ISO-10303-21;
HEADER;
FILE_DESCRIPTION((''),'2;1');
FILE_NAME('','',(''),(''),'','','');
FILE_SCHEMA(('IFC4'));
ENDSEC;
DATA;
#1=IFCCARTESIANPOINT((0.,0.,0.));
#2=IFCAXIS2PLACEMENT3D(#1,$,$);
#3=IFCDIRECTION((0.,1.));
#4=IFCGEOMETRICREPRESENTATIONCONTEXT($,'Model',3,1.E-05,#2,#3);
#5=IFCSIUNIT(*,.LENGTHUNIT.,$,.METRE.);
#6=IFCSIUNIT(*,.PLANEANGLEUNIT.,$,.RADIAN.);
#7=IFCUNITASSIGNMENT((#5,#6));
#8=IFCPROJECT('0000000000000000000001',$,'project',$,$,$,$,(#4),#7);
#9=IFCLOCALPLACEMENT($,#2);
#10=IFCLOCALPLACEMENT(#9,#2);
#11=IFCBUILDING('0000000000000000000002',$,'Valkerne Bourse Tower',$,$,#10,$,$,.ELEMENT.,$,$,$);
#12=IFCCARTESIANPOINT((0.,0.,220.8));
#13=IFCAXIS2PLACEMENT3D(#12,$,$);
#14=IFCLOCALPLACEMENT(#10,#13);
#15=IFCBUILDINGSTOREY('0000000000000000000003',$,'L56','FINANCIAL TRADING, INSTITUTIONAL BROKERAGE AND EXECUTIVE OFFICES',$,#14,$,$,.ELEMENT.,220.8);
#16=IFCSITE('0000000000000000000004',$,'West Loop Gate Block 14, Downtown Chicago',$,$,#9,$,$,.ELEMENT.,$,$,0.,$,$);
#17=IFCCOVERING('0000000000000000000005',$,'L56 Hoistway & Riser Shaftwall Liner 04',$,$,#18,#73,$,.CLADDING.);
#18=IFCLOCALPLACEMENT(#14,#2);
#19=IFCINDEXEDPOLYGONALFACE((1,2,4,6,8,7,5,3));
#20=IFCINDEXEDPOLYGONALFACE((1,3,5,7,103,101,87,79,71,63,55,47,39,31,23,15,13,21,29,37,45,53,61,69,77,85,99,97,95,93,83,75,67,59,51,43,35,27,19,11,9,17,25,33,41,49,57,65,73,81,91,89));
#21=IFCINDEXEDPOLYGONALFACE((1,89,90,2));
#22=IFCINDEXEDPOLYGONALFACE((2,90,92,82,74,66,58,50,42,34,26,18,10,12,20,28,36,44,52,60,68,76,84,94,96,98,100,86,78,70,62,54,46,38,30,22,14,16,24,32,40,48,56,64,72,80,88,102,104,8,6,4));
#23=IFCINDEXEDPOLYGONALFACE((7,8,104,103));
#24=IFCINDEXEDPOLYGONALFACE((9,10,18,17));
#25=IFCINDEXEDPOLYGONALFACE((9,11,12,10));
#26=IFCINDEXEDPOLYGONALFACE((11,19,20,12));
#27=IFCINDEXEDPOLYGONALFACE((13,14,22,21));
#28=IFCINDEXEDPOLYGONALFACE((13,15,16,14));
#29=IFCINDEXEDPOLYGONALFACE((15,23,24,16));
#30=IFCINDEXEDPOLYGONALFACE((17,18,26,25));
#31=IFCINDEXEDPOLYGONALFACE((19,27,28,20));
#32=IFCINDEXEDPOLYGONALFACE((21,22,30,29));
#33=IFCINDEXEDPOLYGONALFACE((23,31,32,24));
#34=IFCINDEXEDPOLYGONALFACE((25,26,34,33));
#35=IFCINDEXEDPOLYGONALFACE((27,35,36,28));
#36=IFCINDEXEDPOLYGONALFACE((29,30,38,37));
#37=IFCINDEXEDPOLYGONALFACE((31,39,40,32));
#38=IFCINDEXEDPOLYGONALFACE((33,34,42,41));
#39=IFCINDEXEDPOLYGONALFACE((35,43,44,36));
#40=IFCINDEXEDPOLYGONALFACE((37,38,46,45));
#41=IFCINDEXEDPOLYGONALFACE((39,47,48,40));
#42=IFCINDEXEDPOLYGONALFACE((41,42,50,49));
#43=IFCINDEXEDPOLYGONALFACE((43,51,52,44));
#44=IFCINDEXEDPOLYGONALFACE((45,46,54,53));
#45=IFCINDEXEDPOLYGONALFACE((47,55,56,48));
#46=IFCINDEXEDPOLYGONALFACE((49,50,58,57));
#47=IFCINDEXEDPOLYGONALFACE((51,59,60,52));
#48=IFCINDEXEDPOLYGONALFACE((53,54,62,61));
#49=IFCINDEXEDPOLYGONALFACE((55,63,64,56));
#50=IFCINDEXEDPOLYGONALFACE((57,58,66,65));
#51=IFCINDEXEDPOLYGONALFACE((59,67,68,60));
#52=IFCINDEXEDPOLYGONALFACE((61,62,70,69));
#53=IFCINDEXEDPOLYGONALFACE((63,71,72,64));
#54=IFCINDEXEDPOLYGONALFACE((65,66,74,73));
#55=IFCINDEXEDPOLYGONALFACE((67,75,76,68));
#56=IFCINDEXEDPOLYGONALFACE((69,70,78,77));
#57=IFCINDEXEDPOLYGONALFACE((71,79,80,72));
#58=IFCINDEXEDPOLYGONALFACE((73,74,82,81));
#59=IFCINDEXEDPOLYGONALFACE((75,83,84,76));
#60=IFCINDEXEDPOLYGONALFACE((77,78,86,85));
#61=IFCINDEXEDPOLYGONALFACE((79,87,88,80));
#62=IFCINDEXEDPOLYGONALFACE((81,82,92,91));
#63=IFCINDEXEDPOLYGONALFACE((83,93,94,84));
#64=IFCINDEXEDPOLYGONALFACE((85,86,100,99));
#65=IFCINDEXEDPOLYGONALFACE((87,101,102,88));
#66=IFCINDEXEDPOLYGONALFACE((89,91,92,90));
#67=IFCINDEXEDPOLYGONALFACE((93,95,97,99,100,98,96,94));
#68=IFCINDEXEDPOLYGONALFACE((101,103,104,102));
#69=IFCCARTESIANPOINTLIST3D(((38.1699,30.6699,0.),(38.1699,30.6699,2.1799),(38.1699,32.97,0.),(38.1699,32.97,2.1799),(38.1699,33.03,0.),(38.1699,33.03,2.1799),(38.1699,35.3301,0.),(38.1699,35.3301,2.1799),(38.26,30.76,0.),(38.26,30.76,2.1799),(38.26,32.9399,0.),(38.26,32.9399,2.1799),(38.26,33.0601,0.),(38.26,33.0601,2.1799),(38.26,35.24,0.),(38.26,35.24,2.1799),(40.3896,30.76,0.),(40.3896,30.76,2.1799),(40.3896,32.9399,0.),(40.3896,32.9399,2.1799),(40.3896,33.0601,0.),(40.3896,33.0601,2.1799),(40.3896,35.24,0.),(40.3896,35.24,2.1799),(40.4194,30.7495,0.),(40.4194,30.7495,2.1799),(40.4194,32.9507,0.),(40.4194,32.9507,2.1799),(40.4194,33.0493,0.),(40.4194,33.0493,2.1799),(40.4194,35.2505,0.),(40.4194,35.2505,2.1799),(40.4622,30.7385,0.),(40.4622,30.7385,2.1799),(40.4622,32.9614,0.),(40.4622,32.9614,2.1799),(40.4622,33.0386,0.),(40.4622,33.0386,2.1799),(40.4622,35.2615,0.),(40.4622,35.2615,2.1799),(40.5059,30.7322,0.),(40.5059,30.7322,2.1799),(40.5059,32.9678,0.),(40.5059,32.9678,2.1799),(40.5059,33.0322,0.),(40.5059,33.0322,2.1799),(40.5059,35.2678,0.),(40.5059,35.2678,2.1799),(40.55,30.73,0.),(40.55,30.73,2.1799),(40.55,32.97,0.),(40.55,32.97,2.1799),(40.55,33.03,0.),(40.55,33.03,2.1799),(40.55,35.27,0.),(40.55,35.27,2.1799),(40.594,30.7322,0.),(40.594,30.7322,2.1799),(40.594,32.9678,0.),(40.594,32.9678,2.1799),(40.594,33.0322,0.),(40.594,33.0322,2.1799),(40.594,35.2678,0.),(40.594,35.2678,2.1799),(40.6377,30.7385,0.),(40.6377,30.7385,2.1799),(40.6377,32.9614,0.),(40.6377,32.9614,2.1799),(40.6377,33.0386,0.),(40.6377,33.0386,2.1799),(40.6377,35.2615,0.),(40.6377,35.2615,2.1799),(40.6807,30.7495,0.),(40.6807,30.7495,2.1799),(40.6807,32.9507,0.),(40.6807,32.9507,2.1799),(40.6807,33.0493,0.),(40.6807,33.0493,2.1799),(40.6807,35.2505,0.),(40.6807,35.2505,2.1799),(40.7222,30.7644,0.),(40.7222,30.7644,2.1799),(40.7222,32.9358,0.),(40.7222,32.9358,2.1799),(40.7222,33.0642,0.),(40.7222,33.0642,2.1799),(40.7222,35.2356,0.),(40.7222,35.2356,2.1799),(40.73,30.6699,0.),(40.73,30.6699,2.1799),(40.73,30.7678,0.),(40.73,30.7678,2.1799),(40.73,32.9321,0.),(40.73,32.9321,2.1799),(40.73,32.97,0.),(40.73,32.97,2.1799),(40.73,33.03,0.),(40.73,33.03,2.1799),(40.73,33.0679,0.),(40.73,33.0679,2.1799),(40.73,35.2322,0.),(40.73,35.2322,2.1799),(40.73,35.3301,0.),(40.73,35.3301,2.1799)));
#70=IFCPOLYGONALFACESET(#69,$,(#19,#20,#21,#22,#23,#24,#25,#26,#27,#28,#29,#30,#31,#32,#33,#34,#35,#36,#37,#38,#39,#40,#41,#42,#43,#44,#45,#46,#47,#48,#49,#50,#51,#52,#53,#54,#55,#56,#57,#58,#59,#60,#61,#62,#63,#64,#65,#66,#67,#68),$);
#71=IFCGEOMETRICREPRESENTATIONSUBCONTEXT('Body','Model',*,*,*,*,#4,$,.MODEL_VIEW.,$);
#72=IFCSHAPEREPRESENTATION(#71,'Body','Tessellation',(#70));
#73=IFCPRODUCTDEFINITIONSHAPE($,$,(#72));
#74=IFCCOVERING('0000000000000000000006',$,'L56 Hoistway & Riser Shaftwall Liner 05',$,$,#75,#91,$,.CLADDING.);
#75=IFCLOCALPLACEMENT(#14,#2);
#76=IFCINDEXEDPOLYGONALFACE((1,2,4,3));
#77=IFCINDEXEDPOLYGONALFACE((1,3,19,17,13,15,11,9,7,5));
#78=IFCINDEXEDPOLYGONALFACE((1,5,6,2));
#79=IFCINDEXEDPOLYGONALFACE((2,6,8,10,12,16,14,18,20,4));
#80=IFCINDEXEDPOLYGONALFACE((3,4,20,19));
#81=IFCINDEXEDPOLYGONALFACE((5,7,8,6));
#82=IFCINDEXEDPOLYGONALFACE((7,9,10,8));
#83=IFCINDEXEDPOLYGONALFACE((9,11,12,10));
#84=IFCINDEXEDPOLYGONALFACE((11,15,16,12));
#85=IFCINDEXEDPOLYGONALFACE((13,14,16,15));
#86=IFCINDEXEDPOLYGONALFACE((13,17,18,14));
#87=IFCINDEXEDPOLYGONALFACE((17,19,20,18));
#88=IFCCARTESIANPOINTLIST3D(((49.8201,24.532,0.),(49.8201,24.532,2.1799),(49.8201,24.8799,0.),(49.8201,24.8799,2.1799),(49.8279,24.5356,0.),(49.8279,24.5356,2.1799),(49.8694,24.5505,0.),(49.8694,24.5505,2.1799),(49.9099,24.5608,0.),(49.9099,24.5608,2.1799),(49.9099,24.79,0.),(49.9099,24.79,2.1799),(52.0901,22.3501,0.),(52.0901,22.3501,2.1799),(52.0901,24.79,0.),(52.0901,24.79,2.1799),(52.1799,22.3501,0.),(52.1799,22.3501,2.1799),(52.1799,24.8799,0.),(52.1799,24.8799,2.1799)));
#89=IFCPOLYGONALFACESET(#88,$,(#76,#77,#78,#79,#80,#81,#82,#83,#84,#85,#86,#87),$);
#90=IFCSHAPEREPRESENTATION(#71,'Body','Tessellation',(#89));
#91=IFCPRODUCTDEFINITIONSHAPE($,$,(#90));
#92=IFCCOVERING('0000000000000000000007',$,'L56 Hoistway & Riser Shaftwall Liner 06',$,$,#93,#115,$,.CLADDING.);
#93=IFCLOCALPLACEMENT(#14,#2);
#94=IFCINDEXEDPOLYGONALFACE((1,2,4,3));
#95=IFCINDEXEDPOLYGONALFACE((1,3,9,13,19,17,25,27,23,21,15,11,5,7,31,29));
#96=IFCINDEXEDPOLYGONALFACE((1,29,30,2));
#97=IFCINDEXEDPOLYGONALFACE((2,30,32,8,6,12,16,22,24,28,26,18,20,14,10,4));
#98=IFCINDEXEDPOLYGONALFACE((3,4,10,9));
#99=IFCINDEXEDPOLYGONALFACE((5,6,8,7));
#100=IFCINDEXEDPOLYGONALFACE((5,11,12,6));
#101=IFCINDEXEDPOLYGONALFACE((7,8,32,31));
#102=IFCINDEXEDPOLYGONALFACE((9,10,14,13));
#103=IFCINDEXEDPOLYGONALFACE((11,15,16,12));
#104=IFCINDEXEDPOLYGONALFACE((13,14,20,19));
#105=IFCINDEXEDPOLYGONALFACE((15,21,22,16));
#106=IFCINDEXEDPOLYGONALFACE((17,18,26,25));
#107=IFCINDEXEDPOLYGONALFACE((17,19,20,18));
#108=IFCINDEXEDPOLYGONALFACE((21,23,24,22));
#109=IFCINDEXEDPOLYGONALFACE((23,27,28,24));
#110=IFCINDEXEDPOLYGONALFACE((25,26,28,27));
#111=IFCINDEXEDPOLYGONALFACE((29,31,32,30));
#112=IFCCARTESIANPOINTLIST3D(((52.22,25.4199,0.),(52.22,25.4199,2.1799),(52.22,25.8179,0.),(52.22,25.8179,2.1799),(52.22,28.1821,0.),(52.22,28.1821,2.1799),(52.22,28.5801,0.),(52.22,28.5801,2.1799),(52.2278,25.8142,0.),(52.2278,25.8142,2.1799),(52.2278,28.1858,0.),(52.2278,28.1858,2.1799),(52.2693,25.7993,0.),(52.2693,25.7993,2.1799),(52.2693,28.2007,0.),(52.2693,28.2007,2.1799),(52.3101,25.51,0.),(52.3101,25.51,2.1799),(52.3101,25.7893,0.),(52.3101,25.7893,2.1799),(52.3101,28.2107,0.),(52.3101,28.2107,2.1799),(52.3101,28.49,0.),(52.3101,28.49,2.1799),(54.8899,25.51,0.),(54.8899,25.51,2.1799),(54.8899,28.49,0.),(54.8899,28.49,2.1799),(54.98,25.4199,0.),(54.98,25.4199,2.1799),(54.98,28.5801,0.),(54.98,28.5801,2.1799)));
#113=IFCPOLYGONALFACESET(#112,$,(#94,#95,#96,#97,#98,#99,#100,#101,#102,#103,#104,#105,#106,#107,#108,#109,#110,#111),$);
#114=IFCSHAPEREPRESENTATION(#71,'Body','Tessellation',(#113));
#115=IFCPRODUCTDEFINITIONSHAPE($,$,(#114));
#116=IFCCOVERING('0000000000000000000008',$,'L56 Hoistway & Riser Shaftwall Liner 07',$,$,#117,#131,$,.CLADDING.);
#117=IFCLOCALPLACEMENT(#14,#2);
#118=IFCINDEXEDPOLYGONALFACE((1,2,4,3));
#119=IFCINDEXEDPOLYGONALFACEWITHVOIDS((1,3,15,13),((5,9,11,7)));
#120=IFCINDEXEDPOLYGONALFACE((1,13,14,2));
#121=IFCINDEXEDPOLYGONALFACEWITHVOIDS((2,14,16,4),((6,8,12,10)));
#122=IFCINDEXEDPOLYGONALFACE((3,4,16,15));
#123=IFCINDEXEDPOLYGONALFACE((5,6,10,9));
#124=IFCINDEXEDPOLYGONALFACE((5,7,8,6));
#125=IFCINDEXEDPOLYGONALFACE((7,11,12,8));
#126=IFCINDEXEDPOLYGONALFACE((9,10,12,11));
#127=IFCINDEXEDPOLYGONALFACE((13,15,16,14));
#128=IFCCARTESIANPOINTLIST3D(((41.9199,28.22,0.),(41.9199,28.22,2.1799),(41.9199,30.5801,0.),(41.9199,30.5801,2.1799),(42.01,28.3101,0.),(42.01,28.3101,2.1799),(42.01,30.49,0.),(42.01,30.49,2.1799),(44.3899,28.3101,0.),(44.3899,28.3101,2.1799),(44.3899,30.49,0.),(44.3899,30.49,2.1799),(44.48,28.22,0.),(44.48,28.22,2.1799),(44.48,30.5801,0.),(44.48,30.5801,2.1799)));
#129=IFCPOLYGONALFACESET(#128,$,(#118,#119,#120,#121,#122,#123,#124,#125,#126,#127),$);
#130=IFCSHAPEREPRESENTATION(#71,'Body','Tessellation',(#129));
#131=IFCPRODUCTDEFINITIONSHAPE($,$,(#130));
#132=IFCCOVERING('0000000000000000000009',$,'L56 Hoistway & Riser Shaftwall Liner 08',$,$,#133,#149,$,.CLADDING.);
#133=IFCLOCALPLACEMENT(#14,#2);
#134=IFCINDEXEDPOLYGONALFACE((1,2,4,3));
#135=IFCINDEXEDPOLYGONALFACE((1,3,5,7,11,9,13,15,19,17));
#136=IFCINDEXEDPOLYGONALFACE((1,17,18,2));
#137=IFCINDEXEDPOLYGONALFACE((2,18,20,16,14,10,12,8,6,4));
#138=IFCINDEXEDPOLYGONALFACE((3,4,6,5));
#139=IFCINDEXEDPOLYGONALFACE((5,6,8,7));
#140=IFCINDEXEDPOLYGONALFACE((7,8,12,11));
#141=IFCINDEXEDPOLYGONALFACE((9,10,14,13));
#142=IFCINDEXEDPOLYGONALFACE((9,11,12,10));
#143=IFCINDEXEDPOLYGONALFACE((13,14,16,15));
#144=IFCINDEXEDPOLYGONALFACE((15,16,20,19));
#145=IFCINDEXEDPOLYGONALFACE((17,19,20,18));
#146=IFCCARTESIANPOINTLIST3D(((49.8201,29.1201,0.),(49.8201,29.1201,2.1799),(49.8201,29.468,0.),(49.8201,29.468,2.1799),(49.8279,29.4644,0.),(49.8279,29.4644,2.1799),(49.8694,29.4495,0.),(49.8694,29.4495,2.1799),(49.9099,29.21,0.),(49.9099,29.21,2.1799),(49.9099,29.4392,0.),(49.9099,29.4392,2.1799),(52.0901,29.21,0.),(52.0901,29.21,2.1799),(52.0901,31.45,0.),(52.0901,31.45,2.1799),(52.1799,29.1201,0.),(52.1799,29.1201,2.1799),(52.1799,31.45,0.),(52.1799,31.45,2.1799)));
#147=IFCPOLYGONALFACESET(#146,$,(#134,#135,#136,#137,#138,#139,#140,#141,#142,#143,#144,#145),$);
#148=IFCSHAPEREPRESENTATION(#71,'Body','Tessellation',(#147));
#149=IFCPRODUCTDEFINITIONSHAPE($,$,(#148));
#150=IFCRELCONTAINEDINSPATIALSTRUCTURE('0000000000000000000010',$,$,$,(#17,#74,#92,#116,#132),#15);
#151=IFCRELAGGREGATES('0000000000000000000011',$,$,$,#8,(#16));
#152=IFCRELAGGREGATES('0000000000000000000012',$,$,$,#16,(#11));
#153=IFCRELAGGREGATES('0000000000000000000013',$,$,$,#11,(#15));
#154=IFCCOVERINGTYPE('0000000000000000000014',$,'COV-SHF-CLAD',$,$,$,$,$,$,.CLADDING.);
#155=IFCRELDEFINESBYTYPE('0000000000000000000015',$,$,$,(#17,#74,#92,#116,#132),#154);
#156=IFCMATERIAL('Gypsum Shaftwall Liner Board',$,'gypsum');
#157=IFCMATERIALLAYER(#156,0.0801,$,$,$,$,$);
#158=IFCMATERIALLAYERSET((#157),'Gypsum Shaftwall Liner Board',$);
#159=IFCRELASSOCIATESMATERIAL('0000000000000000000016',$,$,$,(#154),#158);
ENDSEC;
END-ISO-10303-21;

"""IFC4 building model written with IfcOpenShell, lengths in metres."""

from ifc_helpers import new_model, si_unit, direction, frame, origin, place, context, subcontext, project, spatial, polyline, outline, extrude, material, layer, layer_set, type_object, element, save


model = new_model("IFC4")

# Units and contexts
model_context = context("Model", 3, precision=1e-05, world=origin(), true_north=direction((0.0, 1.0)))
body_context = subcontext(model_context, "Body", "Model", "MODEL_VIEW")
ifc_project = project(units=[si_unit("LENGTHUNIT", "METRE"), si_unit("PLANEANGLEUNIT", "RADIAN")], contexts=[model_context])

# Site, building, storey
site_placement = place(None, origin())
site = spatial("IfcSite", under=ifc_project, at=site_placement, Name="West Loop Gate Block 14, Downtown Chicago", CompositionType="ELEMENT", RefElevation=0.0)
building_placement = place(site_placement, origin())
building = spatial("IfcBuilding", under=site, at=building_placement, Name="Valkerne Bourse Tower", CompositionType="ELEMENT")
storey_placement = place(building_placement, frame((0.0, 0.0, 220.8)))
storey = spatial("IfcBuildingStorey", under=building, at=storey_placement, Name="L56", Description="FINANCIAL TRADING, INSTITUTIONAL BROKERAGE AND EXECUTIVE OFFICES", CompositionType="ELEMENT", Elevation=220.8)

# Coverings
ifc_material_1 = material(Name="Gypsum Shaftwall Liner Board", Category="gypsum")
ifc_layer_1 = layer(ifc_material_1, 0.0801)
ifc_layer_set_1 = layer_set([ifc_layer_1], Name="Gypsum Shaftwall Liner Board")
covering_type_1 = type_object("IfcCoveringType", Name="COV-SHF-CLAD", PredefinedType="CLADDING", material=ifc_layer_set_1)
covering_1_placement = place(storey_placement, origin())
element("IfcCovering", 1, at=covering_1_placement, inside=storey, type_object=covering_type_1, Name="L56 Hoistway & Riser Shaftwall Liner 04", PredefinedType="CLADDING", context=body_context, shape_type="SweptSolid", body=[
    extrude(outline(polyline([(38.1699, 35.3301), (40.73, 35.3301), (40.73, 35.2322), (40.7222, 35.2356), (40.6807, 35.2505), (40.6377, 35.2615), (40.594, 35.2678), (40.55, 35.27), (40.5059, 35.2678), (40.4622, 35.2615), (40.4194, 35.2505), (40.3896, 35.24), (38.26, 35.24), (38.26, 33.0601), (40.3896, 33.0601), (40.4194, 33.0493), (40.4622, 33.0386), (40.5059, 33.0322), (40.55, 33.03), (40.594, 33.0322), (40.6377, 33.0386), (40.6807, 33.0493), (40.7222, 33.0642), (40.73, 33.0679), (40.73, 33.03), (40.73, 32.97), (40.73, 32.9321), (40.7222, 32.9358), (40.6807, 32.9507), (40.6377, 32.9614), (40.594, 32.9678), (40.55, 32.97), (40.5059, 32.9678), (40.4622, 32.9614), (40.4194, 32.9507), (40.3896, 32.9399), (38.26, 32.9399), (38.26, 30.76), (40.3896, 30.76), (40.4194, 30.7495), (40.4622, 30.7385), (40.5059, 30.7322), (40.55, 30.73), (40.594, 30.7322), (40.6377, 30.7385), (40.6807, 30.7495), (40.7222, 30.7644), (40.73, 30.7678), (40.73, 30.6699), (38.1699, 30.6699), (38.1699, 32.97), (38.1699, 33.03), (38.1699, 35.3301)])), origin(), (0.0, 0.0, 1.0), 2.1799),
])
covering_2_placement = place(storey_placement, origin())
element("IfcCovering", 2, at=covering_2_placement, inside=storey, type_object=covering_type_1, Name="L56 Hoistway & Riser Shaftwall Liner 05", PredefinedType="CLADDING", context=body_context, shape_type="SweptSolid", body=[
    extrude(outline(polyline([(52.1799, 22.3501), (52.0901, 22.3501), (52.0901, 24.79), (49.9099, 24.79), (49.9099, 24.5608), (49.8694, 24.5505), (49.8279, 24.5356), (49.8201, 24.532), (49.8201, 24.8799), (52.1799, 24.8799), (52.1799, 22.3501)])), origin(), (0.0, 0.0, 1.0), 2.1799),
])
covering_3_placement = place(storey_placement, origin())
element("IfcCovering", 3, at=covering_3_placement, inside=storey, type_object=covering_type_1, Name="L56 Hoistway & Riser Shaftwall Liner 06", PredefinedType="CLADDING", context=body_context, shape_type="SweptSolid", body=[
    extrude(outline(polyline([(54.98, 25.4199), (52.22, 25.4199), (52.22, 25.8179), (52.2278, 25.8142), (52.2693, 25.7993), (52.3101, 25.7893), (52.3101, 25.51), (54.8899, 25.51), (54.8899, 28.49), (52.3101, 28.49), (52.3101, 28.2107), (52.2693, 28.2007), (52.2278, 28.1858), (52.22, 28.1821), (52.22, 28.5801), (54.98, 28.5801), (54.98, 25.4199)])), origin(), (0.0, 0.0, 1.0), 2.1799),
])
covering_4_placement = place(storey_placement, origin())
element("IfcCovering", 4, at=covering_4_placement, inside=storey, type_object=covering_type_1, Name="L56 Hoistway & Riser Shaftwall Liner 07", PredefinedType="CLADDING", context=body_context, shape_type="SweptSolid", body=[
    extrude(outline(polyline([(44.48, 28.22), (41.9199, 28.22), (41.9199, 30.5801), (44.48, 30.5801), (44.48, 28.22)]), holes=[polyline([(42.01, 30.49), (42.01, 28.3101), (44.3899, 28.3101), (44.3899, 30.49), (42.01, 30.49)])]), origin(), (0.0, 0.0, 1.0), 2.1799),
])
covering_5_placement = place(storey_placement, origin())
element("IfcCovering", 5, at=covering_5_placement, inside=storey, type_object=covering_type_1, Name="L56 Hoistway & Riser Shaftwall Liner 08", PredefinedType="CLADDING", context=body_context, shape_type="SweptSolid", body=[
    extrude(outline(polyline([(49.8201, 29.1201), (49.8201, 29.468), (49.8279, 29.4644), (49.8694, 29.4495), (49.9099, 29.4392), (49.9099, 29.21), (52.0901, 29.21), (52.0901, 31.45), (52.1799, 31.45), (52.1799, 29.1201), (49.8201, 29.1201)])), origin(), (0.0, 0.0, 1.0), 2.1799),
])

save(model, "model.ifc")
